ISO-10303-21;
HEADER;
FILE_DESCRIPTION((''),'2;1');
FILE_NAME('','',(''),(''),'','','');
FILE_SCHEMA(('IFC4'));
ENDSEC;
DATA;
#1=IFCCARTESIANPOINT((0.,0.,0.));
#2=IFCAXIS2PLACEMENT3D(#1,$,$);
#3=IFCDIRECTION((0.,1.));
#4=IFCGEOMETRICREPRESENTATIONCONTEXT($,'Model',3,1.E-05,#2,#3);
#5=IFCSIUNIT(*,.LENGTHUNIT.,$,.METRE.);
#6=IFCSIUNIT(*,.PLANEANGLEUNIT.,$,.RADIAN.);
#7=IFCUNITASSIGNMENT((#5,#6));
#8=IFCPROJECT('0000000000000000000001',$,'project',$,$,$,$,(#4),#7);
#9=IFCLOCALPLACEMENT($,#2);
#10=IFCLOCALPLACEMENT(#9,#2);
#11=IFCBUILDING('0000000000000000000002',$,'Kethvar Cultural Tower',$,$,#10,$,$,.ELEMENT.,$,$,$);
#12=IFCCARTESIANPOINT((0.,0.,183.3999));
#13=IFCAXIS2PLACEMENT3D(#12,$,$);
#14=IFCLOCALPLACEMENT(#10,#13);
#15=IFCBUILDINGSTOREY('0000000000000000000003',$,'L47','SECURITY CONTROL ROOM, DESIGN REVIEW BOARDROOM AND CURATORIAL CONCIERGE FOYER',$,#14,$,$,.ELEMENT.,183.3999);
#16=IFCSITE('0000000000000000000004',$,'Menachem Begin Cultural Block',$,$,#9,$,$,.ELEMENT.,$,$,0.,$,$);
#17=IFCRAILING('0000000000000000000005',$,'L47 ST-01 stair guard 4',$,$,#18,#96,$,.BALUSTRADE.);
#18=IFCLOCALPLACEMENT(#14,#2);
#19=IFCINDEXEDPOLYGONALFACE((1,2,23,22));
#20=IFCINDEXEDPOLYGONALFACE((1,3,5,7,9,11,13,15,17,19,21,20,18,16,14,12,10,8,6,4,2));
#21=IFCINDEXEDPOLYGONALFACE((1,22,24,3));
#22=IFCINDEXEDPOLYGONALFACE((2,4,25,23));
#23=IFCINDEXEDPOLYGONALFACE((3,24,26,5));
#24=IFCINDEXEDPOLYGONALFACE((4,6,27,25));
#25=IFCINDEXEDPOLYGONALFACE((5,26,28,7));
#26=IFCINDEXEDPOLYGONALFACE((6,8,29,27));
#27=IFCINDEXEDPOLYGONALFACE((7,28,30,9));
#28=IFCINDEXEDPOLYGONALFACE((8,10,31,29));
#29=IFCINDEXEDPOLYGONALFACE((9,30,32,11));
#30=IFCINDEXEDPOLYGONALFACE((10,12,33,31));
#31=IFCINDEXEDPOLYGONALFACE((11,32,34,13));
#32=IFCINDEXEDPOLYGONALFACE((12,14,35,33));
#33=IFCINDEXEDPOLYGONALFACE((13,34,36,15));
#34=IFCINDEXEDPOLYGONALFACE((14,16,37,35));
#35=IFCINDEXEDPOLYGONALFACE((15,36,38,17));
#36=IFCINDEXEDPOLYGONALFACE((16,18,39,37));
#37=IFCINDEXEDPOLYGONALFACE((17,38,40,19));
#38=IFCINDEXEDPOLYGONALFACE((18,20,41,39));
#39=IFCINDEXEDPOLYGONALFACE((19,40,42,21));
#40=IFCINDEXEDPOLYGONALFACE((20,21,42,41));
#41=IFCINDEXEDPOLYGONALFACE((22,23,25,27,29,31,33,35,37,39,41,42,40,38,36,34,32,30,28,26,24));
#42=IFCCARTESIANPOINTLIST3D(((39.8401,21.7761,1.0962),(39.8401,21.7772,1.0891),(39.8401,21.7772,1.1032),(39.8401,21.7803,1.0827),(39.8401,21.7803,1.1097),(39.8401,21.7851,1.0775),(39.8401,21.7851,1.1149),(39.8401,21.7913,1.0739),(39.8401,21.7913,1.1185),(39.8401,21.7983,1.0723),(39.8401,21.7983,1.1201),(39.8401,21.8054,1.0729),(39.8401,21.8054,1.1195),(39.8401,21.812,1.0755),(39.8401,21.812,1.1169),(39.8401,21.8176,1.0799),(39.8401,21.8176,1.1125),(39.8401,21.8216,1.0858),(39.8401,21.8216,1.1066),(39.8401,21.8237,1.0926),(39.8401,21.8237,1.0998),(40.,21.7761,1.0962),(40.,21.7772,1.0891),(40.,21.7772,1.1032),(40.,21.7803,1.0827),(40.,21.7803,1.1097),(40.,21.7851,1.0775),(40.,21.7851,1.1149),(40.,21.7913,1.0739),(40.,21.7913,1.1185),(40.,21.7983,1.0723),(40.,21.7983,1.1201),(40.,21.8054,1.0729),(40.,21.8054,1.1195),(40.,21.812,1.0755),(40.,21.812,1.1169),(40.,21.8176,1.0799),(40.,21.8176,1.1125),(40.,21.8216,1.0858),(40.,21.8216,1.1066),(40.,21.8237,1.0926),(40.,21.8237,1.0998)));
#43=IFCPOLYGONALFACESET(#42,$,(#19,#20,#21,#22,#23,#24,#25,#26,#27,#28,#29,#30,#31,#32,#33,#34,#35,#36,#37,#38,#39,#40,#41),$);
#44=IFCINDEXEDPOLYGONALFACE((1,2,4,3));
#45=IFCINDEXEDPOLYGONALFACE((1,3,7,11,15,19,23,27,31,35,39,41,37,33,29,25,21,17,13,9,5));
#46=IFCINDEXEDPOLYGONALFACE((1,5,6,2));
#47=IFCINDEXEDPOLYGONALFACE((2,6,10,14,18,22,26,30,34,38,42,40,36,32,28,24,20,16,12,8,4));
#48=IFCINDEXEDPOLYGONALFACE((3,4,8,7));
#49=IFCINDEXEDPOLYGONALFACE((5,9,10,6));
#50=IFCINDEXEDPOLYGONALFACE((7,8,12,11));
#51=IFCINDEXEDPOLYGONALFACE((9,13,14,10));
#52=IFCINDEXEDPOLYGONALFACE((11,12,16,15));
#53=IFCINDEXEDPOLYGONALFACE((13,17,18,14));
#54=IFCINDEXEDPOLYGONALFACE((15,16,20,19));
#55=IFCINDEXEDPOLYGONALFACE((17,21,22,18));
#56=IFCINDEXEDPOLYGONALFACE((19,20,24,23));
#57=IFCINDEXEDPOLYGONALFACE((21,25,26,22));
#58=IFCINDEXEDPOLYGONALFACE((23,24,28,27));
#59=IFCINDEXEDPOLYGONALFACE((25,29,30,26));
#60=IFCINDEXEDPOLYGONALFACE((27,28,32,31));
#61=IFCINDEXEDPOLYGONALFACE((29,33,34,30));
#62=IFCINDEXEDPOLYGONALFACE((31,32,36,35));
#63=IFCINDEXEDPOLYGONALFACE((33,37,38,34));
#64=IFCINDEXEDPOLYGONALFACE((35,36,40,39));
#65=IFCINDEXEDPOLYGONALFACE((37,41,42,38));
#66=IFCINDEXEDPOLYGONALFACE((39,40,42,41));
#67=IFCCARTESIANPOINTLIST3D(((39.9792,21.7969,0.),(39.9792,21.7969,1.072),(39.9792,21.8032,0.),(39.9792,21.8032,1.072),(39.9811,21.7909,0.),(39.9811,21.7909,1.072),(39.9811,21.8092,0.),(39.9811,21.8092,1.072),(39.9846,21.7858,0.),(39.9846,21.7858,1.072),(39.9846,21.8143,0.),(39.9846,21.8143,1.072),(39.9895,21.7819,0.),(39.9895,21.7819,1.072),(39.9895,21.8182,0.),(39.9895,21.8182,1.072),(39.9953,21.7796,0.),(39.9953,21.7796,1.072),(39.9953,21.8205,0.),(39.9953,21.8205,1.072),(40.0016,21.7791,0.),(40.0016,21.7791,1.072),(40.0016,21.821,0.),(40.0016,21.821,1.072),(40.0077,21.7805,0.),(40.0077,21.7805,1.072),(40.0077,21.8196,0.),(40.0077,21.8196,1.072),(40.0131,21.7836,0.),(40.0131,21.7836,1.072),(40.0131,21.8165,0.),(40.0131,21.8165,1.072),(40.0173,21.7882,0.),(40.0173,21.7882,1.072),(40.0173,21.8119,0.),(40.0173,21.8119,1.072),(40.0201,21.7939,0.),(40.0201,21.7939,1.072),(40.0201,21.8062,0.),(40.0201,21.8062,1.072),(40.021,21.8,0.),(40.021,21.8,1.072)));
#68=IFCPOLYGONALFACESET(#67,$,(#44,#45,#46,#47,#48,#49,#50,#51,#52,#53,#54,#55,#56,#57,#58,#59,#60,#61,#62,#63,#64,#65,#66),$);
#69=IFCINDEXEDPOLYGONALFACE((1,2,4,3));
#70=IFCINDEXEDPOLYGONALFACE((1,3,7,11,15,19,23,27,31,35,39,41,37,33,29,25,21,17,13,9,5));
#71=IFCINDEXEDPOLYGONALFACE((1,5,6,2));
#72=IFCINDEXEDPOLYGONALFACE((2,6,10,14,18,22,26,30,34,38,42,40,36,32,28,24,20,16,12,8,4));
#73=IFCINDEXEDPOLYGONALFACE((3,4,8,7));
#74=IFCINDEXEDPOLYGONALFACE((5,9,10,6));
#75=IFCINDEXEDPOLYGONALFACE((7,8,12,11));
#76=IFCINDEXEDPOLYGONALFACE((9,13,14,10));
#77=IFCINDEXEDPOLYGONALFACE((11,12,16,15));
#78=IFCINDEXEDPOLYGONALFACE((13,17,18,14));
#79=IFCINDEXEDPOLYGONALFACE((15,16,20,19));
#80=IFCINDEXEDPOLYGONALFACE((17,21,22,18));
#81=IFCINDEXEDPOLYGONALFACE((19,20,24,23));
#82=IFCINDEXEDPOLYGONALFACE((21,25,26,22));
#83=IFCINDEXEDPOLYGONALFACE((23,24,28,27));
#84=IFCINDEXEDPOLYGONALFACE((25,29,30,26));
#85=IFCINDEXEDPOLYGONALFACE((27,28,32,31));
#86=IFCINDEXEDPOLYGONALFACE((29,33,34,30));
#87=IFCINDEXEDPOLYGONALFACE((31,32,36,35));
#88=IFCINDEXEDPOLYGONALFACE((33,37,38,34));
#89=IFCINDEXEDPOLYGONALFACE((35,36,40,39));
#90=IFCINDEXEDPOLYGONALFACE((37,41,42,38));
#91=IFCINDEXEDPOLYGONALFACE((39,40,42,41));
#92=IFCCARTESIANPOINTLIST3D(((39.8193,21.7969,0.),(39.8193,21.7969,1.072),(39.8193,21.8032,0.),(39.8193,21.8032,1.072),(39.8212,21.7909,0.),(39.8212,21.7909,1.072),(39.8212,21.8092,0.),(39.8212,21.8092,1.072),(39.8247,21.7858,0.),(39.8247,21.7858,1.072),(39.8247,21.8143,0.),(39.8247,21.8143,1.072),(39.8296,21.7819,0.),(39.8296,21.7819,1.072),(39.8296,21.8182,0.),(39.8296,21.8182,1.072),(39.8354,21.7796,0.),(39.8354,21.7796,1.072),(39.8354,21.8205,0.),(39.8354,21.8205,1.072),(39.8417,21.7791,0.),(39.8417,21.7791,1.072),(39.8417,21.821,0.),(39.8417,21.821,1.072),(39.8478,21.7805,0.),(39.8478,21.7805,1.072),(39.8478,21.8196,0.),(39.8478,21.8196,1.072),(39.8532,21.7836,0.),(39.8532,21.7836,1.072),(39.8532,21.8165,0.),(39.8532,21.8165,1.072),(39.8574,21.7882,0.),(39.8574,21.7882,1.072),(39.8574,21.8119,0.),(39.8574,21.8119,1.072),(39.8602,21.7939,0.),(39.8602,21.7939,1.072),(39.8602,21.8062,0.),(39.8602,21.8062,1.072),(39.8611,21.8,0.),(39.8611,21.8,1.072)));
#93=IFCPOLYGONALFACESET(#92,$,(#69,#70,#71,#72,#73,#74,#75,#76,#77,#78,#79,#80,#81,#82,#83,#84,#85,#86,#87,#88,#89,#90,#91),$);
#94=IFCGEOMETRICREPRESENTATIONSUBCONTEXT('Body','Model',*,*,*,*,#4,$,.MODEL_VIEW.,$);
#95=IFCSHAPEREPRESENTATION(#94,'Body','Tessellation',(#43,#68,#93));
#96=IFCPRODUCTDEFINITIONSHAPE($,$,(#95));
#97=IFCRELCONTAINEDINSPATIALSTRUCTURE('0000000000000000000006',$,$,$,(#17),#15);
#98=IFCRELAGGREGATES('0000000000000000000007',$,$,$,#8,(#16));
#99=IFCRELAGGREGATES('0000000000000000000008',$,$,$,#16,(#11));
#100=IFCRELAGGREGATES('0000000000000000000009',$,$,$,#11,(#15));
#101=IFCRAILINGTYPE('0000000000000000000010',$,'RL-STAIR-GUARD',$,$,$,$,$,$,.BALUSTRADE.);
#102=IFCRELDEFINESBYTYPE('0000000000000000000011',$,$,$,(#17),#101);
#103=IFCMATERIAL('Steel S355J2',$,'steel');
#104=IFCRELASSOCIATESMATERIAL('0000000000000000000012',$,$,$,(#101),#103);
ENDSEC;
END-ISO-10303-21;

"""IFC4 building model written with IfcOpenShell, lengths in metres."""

from ifc_helpers import new_model, si_unit, direction, frame, origin, origin_2d, place, context, subcontext, project, spatial, circle, extrude, material, type_object, element, save


model = new_model("IFC4")

# Units and contexts
model_context = context("Model", 3, precision=1e-05, world=origin(), true_north=direction((0.0, 1.0)))
body_context = subcontext(model_context, "Body", "Model", "MODEL_VIEW")
ifc_project = project(units=[si_unit("LENGTHUNIT", "METRE"), si_unit("PLANEANGLEUNIT", "RADIAN")], contexts=[model_context])

# Site, building, storey
site_placement = place(None, origin())
site = spatial("IfcSite", under=ifc_project, at=site_placement, Name="Menachem Begin Cultural Block", CompositionType="ELEMENT", RefElevation=0.0)
building_placement = place(site_placement, origin())
building = spatial("IfcBuilding", under=site, at=building_placement, Name="Kethvar Cultural Tower", CompositionType="ELEMENT")
storey_placement = place(building_placement, frame((0.0, 0.0, 183.3999)))
storey = spatial("IfcBuildingStorey", under=building, at=storey_placement, Name="L47", Description="SECURITY CONTROL ROOM, DESIGN REVIEW BOARDROOM AND CURATORIAL CONCIERGE FOYER", CompositionType="ELEMENT", Elevation=183.3999)

# Shared definitions
ifc_material_1 = material(Name="Steel S355J2", Category="steel")

# Railing
railing_type_1 = type_object("IfcRailingType", Name="RL-STAIR-GUARD", PredefinedType="BALUSTRADE", material=ifc_material_1)
railing_1_placement = place(storey_placement, frame((40.0, 21.8, 0.0)))
element("IfcRailing", 1, at=railing_1_placement, inside=storey, type_object=railing_type_1, Name="L47 ST-01 stair guard 4", PredefinedType="BALUSTRADE", context=body_context, shape_type="SweptSolid", body=[
    extrude(circle(Radius=0.0239, at=origin_2d()), frame((0.0, 0.0, 1.0962), z_axis=(-1.0, 0.0, 0.0), x_axis=(0.0, -1.0, 0.0)), (0.0, 0.0, 1.0), 0.1599),
    extrude(circle(Radius=0.021, at=origin_2d()), origin(), (0.0, 0.0, 1.0), 1.072),
    extrude(circle(Radius=0.021, at=origin_2d()), frame((-0.1599, 0.0, 0.0)), (0.0, 0.0, 1.0), 1.072),
])

save(model, "model.ifc")
